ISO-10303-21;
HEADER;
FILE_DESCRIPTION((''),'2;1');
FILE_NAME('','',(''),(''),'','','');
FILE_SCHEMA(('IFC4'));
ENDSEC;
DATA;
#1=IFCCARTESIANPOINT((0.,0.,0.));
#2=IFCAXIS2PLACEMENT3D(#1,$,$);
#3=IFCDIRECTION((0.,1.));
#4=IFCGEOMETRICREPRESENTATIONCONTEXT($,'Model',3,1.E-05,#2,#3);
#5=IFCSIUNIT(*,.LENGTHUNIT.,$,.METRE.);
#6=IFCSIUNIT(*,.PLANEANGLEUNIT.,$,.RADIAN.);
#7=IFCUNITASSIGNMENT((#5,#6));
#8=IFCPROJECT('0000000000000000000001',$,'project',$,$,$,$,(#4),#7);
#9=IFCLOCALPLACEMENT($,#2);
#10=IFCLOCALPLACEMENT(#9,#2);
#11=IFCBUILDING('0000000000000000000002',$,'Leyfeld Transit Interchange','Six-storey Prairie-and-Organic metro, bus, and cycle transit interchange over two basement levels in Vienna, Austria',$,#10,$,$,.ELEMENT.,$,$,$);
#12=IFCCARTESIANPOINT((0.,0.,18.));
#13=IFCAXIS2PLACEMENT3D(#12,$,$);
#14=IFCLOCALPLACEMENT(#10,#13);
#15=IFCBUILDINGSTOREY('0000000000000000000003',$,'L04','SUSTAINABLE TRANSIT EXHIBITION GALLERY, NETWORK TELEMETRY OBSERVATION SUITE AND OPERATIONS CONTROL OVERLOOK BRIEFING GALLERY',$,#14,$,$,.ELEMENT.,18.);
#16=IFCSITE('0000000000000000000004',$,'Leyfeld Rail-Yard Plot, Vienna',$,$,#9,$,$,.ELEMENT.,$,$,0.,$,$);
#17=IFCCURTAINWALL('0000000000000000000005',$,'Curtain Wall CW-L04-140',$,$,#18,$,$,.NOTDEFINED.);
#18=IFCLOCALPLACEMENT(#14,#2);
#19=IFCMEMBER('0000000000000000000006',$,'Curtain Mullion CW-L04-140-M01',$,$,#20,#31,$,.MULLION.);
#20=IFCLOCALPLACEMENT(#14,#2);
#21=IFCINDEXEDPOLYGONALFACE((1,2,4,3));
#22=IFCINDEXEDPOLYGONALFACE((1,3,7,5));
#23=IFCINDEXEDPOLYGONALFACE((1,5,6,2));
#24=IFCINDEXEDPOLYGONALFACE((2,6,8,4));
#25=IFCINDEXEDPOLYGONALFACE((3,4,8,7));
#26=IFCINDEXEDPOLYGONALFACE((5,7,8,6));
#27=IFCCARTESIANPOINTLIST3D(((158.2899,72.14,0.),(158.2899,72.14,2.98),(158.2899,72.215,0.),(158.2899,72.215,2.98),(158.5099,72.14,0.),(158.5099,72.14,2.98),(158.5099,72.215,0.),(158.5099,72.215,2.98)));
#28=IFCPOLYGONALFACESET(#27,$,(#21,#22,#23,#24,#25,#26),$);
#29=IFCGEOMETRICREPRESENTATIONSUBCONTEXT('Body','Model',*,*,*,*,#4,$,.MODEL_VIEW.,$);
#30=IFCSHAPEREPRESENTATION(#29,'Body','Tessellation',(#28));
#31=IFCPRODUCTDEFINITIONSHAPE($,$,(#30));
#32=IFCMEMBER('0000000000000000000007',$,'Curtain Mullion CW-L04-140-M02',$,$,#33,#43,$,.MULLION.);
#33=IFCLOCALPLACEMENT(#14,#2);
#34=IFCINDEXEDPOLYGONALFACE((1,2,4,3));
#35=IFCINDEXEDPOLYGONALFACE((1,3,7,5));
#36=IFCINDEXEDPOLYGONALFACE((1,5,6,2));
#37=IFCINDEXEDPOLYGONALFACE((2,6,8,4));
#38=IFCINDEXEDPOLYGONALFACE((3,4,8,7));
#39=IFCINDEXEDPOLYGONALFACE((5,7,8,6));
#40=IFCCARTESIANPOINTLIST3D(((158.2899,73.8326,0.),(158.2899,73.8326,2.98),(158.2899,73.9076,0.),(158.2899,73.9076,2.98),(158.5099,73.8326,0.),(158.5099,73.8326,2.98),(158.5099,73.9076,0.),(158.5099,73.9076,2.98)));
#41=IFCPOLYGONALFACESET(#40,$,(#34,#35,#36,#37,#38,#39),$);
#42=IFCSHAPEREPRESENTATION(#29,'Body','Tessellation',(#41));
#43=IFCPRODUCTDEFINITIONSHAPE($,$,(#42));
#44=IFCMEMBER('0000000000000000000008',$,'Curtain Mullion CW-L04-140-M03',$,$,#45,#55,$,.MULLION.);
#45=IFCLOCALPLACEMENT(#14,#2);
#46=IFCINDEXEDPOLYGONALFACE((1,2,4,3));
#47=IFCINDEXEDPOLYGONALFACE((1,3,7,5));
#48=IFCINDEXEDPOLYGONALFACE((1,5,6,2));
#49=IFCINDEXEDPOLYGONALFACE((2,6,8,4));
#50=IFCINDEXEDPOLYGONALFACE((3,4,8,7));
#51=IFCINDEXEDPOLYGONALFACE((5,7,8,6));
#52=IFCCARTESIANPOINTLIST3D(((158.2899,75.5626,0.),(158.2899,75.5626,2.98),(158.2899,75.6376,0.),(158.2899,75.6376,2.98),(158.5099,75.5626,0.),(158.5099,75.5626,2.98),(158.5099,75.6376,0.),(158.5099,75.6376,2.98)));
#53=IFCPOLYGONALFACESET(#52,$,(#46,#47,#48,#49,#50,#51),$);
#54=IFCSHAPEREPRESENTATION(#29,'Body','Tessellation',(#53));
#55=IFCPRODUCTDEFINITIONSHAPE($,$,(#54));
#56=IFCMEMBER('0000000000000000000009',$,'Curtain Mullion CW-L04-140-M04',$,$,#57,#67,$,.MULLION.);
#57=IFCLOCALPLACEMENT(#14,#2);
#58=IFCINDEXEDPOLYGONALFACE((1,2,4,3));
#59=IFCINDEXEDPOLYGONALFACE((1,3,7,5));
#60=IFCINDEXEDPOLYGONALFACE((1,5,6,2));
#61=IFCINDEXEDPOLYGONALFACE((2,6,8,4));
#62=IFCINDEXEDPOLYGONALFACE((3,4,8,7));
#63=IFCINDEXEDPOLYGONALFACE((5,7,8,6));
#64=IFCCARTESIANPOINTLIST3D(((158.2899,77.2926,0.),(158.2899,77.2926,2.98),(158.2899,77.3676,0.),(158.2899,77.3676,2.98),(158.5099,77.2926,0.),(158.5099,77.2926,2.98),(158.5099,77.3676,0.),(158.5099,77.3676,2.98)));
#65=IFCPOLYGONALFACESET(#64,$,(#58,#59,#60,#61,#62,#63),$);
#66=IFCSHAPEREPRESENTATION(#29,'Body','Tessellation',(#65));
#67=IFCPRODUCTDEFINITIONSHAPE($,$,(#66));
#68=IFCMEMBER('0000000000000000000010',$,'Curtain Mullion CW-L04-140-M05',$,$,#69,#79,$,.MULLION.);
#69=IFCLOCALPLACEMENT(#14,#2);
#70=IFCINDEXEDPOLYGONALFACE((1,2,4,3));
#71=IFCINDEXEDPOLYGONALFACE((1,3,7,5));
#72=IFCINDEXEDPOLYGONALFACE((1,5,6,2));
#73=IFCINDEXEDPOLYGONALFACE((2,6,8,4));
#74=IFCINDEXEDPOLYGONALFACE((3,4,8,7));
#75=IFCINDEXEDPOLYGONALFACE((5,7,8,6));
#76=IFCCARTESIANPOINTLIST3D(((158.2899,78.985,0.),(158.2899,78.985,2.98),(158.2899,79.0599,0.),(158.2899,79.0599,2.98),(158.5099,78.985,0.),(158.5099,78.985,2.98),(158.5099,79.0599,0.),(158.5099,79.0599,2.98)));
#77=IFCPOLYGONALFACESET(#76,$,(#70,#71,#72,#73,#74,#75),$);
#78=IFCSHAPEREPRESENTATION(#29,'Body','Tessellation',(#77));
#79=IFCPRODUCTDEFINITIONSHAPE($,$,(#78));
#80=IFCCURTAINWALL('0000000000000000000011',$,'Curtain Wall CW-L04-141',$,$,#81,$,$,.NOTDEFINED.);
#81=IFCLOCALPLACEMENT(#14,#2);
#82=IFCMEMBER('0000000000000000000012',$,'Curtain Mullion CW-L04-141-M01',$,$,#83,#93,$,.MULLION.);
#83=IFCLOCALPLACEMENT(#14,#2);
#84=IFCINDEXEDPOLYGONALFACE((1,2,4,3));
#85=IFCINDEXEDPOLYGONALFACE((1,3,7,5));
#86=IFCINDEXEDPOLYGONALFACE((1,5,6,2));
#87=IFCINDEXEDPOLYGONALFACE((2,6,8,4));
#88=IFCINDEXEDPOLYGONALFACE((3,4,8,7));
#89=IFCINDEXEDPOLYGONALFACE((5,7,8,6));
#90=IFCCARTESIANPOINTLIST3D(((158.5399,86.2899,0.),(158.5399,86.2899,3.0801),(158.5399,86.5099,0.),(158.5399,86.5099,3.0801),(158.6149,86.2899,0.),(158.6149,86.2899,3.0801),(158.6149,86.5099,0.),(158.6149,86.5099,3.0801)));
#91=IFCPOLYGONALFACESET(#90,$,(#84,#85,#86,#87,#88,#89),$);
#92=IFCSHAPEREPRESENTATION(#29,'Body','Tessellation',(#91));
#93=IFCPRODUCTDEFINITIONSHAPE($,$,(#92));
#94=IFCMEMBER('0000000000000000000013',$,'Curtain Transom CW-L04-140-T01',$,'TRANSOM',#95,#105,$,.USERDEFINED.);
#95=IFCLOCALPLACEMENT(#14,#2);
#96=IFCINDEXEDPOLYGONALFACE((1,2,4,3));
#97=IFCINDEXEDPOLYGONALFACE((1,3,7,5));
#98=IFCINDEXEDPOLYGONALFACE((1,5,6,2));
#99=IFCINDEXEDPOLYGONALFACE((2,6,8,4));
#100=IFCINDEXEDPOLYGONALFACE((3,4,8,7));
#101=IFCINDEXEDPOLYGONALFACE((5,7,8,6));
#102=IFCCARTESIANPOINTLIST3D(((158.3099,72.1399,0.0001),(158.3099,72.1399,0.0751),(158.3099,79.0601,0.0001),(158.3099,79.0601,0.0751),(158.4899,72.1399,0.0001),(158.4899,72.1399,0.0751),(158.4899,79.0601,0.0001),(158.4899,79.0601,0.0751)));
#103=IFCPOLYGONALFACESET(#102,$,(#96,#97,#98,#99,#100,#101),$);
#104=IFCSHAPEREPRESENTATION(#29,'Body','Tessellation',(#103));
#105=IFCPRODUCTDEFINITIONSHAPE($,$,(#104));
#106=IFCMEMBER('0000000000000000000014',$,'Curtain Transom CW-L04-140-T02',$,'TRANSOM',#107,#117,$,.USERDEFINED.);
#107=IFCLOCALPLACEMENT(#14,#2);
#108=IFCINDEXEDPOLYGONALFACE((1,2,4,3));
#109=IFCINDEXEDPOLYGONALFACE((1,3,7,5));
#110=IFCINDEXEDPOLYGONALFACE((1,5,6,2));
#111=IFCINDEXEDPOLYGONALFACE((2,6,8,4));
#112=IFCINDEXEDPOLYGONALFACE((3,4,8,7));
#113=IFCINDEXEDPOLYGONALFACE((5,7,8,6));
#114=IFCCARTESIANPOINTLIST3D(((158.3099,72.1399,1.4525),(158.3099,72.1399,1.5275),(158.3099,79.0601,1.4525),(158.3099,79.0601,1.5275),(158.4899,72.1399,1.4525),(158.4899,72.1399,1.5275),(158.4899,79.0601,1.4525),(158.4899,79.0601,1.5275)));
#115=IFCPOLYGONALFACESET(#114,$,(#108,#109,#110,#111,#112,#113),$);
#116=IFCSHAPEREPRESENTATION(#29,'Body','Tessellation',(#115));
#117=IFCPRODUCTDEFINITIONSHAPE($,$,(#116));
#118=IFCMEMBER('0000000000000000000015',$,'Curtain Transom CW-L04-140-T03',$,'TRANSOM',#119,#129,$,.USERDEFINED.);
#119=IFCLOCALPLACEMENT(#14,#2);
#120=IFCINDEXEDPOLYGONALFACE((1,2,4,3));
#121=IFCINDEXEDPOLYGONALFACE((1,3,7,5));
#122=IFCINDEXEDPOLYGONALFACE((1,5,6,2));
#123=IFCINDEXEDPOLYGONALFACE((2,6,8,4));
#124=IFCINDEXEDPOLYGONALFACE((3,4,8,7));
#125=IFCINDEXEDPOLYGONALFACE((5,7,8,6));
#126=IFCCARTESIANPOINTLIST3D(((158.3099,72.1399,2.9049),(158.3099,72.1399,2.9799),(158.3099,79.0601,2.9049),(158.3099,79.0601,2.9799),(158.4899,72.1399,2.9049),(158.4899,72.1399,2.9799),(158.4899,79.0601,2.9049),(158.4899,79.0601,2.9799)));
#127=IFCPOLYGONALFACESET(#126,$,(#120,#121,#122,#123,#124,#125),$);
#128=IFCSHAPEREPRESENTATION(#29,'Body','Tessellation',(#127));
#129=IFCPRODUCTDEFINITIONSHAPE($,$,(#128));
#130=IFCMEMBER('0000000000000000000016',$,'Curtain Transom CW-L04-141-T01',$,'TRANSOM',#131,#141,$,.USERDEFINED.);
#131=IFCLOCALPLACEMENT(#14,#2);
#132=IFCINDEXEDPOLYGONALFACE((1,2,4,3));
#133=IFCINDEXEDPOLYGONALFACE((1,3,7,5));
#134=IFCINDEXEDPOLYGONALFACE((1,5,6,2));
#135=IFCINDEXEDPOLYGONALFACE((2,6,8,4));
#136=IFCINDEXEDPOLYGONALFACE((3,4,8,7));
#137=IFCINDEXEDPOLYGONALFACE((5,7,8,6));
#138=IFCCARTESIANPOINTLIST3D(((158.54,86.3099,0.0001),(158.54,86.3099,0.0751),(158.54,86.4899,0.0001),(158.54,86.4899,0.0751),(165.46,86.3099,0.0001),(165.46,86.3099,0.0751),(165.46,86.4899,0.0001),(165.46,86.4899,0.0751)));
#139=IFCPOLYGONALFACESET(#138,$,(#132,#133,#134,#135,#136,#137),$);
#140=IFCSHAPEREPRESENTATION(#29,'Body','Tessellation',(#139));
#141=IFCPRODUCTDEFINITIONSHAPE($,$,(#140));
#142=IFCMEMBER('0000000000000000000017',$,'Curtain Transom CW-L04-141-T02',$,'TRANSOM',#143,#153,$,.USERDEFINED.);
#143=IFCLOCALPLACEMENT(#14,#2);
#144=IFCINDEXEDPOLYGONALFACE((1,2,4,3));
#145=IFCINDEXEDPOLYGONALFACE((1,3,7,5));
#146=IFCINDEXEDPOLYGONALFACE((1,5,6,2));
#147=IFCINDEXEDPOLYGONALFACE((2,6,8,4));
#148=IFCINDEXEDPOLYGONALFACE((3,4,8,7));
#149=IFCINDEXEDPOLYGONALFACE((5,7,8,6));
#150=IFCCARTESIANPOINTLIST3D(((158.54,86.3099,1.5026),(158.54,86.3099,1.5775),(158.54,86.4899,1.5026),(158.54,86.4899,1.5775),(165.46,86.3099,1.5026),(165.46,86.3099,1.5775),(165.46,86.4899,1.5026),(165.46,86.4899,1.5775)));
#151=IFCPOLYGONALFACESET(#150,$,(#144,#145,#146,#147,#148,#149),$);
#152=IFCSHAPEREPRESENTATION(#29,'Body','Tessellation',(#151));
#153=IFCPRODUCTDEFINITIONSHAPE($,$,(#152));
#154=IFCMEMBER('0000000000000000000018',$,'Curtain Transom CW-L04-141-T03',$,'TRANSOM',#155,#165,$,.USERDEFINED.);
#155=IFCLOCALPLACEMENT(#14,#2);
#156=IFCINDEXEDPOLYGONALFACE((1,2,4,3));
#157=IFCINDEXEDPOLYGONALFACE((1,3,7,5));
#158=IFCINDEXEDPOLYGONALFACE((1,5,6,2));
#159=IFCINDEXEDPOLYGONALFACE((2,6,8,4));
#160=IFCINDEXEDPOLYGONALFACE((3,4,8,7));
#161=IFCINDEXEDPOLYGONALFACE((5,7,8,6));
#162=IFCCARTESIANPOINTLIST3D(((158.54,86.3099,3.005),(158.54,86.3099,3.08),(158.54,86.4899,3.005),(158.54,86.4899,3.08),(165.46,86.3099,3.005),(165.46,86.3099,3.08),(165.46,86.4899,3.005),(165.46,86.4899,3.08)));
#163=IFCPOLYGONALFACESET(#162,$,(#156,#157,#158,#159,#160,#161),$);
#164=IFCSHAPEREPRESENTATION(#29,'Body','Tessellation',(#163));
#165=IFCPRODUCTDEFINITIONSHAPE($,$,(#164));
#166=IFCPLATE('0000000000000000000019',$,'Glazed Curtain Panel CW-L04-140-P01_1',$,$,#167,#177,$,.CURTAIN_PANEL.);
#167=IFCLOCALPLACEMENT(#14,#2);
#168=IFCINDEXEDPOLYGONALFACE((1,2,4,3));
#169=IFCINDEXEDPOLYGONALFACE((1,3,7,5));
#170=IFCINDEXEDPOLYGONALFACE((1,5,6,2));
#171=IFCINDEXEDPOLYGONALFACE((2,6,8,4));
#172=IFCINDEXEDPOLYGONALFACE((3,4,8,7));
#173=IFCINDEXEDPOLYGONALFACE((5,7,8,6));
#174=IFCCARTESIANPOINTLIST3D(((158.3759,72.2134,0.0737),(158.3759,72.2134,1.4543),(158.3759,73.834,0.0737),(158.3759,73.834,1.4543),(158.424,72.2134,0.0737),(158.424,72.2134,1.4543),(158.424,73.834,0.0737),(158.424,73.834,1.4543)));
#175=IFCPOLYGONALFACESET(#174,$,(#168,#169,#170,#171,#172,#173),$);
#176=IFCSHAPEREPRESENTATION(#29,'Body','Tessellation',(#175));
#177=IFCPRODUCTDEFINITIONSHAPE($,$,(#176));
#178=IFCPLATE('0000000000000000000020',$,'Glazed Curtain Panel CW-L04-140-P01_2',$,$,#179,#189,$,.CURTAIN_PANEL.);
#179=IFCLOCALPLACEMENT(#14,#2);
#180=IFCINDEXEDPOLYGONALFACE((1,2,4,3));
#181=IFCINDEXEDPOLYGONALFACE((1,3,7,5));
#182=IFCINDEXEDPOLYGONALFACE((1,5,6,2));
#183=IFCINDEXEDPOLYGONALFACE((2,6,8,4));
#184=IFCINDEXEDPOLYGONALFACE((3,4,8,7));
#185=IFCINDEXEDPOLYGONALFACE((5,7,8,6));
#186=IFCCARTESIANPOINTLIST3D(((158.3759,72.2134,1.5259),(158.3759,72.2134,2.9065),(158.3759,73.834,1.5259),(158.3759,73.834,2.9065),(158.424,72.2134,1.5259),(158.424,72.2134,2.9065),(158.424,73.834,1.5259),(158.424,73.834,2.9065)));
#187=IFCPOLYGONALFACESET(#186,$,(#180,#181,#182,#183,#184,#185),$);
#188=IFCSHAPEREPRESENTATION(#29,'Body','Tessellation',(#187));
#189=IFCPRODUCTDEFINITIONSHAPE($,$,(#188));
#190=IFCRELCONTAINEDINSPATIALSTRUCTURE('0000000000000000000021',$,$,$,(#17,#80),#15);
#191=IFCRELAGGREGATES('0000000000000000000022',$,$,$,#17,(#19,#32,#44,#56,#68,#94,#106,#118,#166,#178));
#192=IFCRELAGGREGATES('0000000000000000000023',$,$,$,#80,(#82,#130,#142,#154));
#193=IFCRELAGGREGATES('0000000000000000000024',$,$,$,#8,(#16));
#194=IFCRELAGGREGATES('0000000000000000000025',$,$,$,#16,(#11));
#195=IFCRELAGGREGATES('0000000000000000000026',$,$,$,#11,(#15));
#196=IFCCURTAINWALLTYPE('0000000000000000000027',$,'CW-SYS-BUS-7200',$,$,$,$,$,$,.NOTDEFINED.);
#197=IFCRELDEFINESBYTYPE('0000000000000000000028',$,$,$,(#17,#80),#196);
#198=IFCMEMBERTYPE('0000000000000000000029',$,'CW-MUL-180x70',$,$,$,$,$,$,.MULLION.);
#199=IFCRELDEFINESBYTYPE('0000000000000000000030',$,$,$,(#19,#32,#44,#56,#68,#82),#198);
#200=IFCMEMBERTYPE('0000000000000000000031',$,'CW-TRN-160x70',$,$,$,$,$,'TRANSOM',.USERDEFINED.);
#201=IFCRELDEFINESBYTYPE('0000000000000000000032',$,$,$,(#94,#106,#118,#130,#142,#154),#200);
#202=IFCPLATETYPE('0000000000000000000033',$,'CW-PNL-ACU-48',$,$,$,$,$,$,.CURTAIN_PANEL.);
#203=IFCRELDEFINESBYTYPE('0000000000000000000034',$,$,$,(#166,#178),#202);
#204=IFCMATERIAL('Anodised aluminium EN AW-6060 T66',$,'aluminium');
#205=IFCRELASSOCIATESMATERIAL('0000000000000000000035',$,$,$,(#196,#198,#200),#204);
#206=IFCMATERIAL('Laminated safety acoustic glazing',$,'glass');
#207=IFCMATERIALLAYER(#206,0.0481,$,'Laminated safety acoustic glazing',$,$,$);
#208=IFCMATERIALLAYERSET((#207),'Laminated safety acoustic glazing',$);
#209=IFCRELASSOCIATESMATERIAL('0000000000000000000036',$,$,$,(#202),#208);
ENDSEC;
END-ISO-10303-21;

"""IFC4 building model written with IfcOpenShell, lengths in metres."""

from ifc_helpers import new_model, si_unit, direction, frame, origin, origin_2d, place, context, subcontext, project, spatial, rectangle, extrude, material, layer, layer_set, material_profile, profile_set, type_object, element, aggregate, save


model = new_model("IFC4")

# Units and contexts
model_context = context("Model", 3, precision=1e-05, world=origin(), true_north=direction((0.0, 1.0)))
body_context = subcontext(model_context, "Body", "Model", "MODEL_VIEW")
ifc_project = project(units=[si_unit("LENGTHUNIT", "METRE"), si_unit("PLANEANGLEUNIT", "RADIAN")], contexts=[model_context])

# Site, building, storey
site_placement = place(None, origin())
site = spatial("IfcSite", under=ifc_project, at=site_placement, Name="Leyfeld Rail-Yard Plot, Vienna", CompositionType="ELEMENT", RefElevation=0.0)
building_placement = place(site_placement, origin())
building = spatial("IfcBuilding", under=site, at=building_placement, Name="Leyfeld Transit Interchange", Description="Six-storey Prairie-and-Organic metro, bus, and cycle transit interchange over two basement levels in Vienna, Austria", CompositionType="ELEMENT")
storey_placement = place(building_placement, frame((0.0, 0.0, 18.0)))
storey = spatial("IfcBuildingStorey", under=building, at=storey_placement, Name="L04", Description="SUSTAINABLE TRANSIT EXHIBITION GALLERY, NETWORK TELEMETRY OBSERVATION SUITE AND OPERATIONS CONTROL OVERLOOK BRIEFING GALLERY", CompositionType="ELEMENT", Elevation=18.0)

# Curtain wall, members
ifc_material_1 = material(Name="Anodised aluminium EN AW-6060 T66", Category="aluminium")
curtain_wall_type = type_object("IfcCurtainWallType", Name="CW-SYS-BUS-7200", PredefinedType="NOTDEFINED", material=ifc_material_1)
curtain_wall_1_placement = place(storey_placement, origin())
curtain_wall_1 = element("IfcCurtainWall", 1, at=curtain_wall_1_placement, inside=storey, type_object=curtain_wall_type, Name="Curtain Wall CW-L04-140", PredefinedType="NOTDEFINED")
ifc_material_profile_1 = material_profile(ifc_material_1, rectangle(XDim=0.075, YDim=0.22, at=origin_2d()), Name="CW-M 75x220")
ifc_profile_set_1 = profile_set([ifc_material_profile_1], Name="Anodised aluminium EN AW-6060 T66")
member_type_1 = type_object("IfcMemberType", Name="CW-MUL-180x70", PredefinedType="MULLION", material=ifc_profile_set_1)
member_1_placement = place(storey_placement, frame((158.3999, 72.1775, 0.0), z_axis=(0.0, 0.0, 1.0), x_axis=(0.0, 1.0, 0.0)))
member_1 = element("IfcMember", 2, at=member_1_placement, type_object=member_type_1, Name="Curtain Mullion CW-L04-140-M01", PredefinedType="MULLION", context=body_context, shape_type="SweptSolid", body=[
    extrude(rectangle(XDim=0.075, YDim=0.22, at=origin_2d()), origin(), (0.0, 0.0, 1.0), 2.98),
])
member_2_placement = place(storey_placement, frame((158.3999, 73.8701, 0.0), z_axis=(0.0, 0.0, 1.0), x_axis=(0.0, 1.0, 0.0)))
member_2 = element("IfcMember", 3, at=member_2_placement, type_object=member_type_1, Name="Curtain Mullion CW-L04-140-M02", PredefinedType="MULLION", context=body_context, shape_type="SweptSolid", body=[
    extrude(rectangle(XDim=0.075, YDim=0.22, at=origin_2d()), origin(), (0.0, 0.0, 1.0), 2.98),
])
member_3_placement = place(storey_placement, frame((158.3999, 75.6001, 0.0), z_axis=(0.0, 0.0, 1.0), x_axis=(0.0, 1.0, 0.0)))
member_3 = element("IfcMember", 4, at=member_3_placement, type_object=member_type_1, Name="Curtain Mullion CW-L04-140-M03", PredefinedType="MULLION", context=body_context, shape_type="SweptSolid", body=[
    extrude(rectangle(XDim=0.075, YDim=0.22, at=origin_2d()), origin(), (0.0, 0.0, 1.0), 2.98),
])
member_4_placement = place(storey_placement, frame((158.3999, 77.3301, 0.0), z_axis=(0.0, 0.0, 1.0), x_axis=(0.0, 1.0, 0.0)))
member_4 = element("IfcMember", 5, at=member_4_placement, type_object=member_type_1, Name="Curtain Mullion CW-L04-140-M04", PredefinedType="MULLION", context=body_context, shape_type="SweptSolid", body=[
    extrude(rectangle(XDim=0.075, YDim=0.22, at=origin_2d()), origin(), (0.0, 0.0, 1.0), 2.98),
])
member_5_placement = place(storey_placement, frame((158.3999, 79.0225, 0.0), z_axis=(0.0, 0.0, 1.0), x_axis=(0.0, 1.0, 0.0)))
member_5 = element("IfcMember", 6, at=member_5_placement, type_object=member_type_1, Name="Curtain Mullion CW-L04-140-M05", PredefinedType="MULLION", context=body_context, shape_type="SweptSolid", body=[
    extrude(rectangle(XDim=0.075, YDim=0.22, at=origin_2d()), origin(), (0.0, 0.0, 1.0), 2.98),
])

# Curtain wall, member
curtain_wall_2_placement = place(storey_placement, origin())
curtain_wall_2 = element("IfcCurtainWall", 7, at=curtain_wall_2_placement, inside=storey, type_object=curtain_wall_type, Name="Curtain Wall CW-L04-141", PredefinedType="NOTDEFINED")
member_6_placement = place(storey_placement, frame((158.5774, 86.3999, 0.0), z_axis=(0.0, 0.0, 1.0), x_axis=(1.0, 0.0, 0.0)))
member_6 = element("IfcMember", 8, at=member_6_placement, type_object=member_type_1, Name="Curtain Mullion CW-L04-141-M01", PredefinedType="MULLION", context=body_context, shape_type="SweptSolid", body=[
    extrude(rectangle(XDim=0.075, YDim=0.22, at=origin_2d()), origin(), (0.0, 0.0, 1.0), 3.0801),
])

# Members
ifc_material_profile_2 = material_profile(ifc_material_1, rectangle(XDim=0.1799, YDim=0.075, at=origin_2d()), Name="CW-TRN-160x70")
ifc_profile_set_2 = profile_set([ifc_material_profile_2], Name="Anodised aluminium EN AW-6060 T66")
member_type_2 = type_object("IfcMemberType", Name="CW-TRN-160x70", ElementType="TRANSOM", PredefinedType="USERDEFINED", material=ifc_profile_set_2)
member_7_placement = place(storey_placement, frame((158.3999, 72.1399, 0.0376), z_axis=(0.0, 1.0, 0.0), x_axis=(-1.0, 0.0, 0.0)))
member_7 = element("IfcMember", 9, at=member_7_placement, type_object=member_type_2, Name="Curtain Transom CW-L04-140-T01", ObjectType="TRANSOM", PredefinedType="USERDEFINED", context=body_context, shape_type="SweptSolid", body=[
    extrude(rectangle(XDim=0.1799, YDim=0.075, at=origin_2d()), origin(), (0.0, 0.0, 1.0), 6.9202),
])
member_8_placement = place(storey_placement, frame((158.3999, 72.1399, 1.49), z_axis=(0.0, 1.0, 0.0), x_axis=(-1.0, 0.0, 0.0)))
member_8 = element("IfcMember", 10, at=member_8_placement, type_object=member_type_2, Name="Curtain Transom CW-L04-140-T02", ObjectType="TRANSOM", PredefinedType="USERDEFINED", context=body_context, shape_type="SweptSolid", body=[
    extrude(rectangle(XDim=0.1799, YDim=0.075, at=origin_2d()), origin(), (0.0, 0.0, 1.0), 6.9202),
])
member_9_placement = place(storey_placement, frame((158.3999, 72.1399, 2.9424), z_axis=(0.0, 1.0, 0.0), x_axis=(-1.0, 0.0, 0.0)))
member_9 = element("IfcMember", 11, at=member_9_placement, type_object=member_type_2, Name="Curtain Transom CW-L04-140-T03", ObjectType="TRANSOM", PredefinedType="USERDEFINED", context=body_context, shape_type="SweptSolid", body=[
    extrude(rectangle(XDim=0.1799, YDim=0.075, at=origin_2d()), origin(), (0.0, 0.0, 1.0), 6.9202),
])
member_10_placement = place(storey_placement, frame((158.54, 86.3999, 0.0376), z_axis=(1.0, 0.0, 0.0), x_axis=(0.0, 1.0, 0.0)))
member_10 = element("IfcMember", 12, at=member_10_placement, type_object=member_type_2, Name="Curtain Transom CW-L04-141-T01", ObjectType="TRANSOM", PredefinedType="USERDEFINED", context=body_context, shape_type="SweptSolid", body=[
    extrude(rectangle(XDim=0.1799, YDim=0.075, at=origin_2d()), origin(), (0.0, 0.0, 1.0), 6.9199),
])
member_11_placement = place(storey_placement, frame((158.54, 86.3999, 1.54), z_axis=(1.0, 0.0, 0.0), x_axis=(0.0, 1.0, 0.0)))
member_11 = element("IfcMember", 13, at=member_11_placement, type_object=member_type_2, Name="Curtain Transom CW-L04-141-T02", ObjectType="TRANSOM", PredefinedType="USERDEFINED", context=body_context, shape_type="SweptSolid", body=[
    extrude(rectangle(XDim=0.1799, YDim=0.075, at=origin_2d()), origin(), (0.0, 0.0, 1.0), 6.9199),
])
member_12_placement = place(storey_placement, frame((158.54, 86.3999, 3.0425), z_axis=(1.0, 0.0, 0.0), x_axis=(0.0, 1.0, 0.0)))
member_12 = element("IfcMember", 14, at=member_12_placement, type_object=member_type_2, Name="Curtain Transom CW-L04-141-T03", ObjectType="TRANSOM", PredefinedType="USERDEFINED", context=body_context, shape_type="SweptSolid", body=[
    extrude(rectangle(XDim=0.1799, YDim=0.075, at=origin_2d()), origin(), (0.0, 0.0, 1.0), 6.9199),
])

# Plates
ifc_material_2 = material(Name="Laminated safety acoustic glazing", Category="glass")
ifc_layer_1 = layer(ifc_material_2, 0.0481, Name="Laminated safety acoustic glazing")
ifc_layer_set_1 = layer_set([ifc_layer_1], Name="Laminated safety acoustic glazing")
plate_type = type_object("IfcPlateType", Name="CW-PNL-ACU-48", PredefinedType="CURTAIN_PANEL", material=ifc_layer_set_1)
plate_1_placement = place(storey_placement, frame((158.3999, 73.0237, 0.0737), z_axis=(0.0, 0.0, 1.0), x_axis=(0.0, 1.0, 0.0)))
plate_1 = element("IfcPlate", 15, at=plate_1_placement, type_object=plate_type, Name="Glazed Curtain Panel CW-L04-140-P01_1", PredefinedType="CURTAIN_PANEL", context=body_context, shape_type="SweptSolid", body=[
    extrude(rectangle(XDim=1.6206, YDim=0.0481, at=origin_2d()), origin(), (0.0, 0.0, 1.0), 1.3806),
])
plate_2_placement = place(storey_placement, frame((158.3999, 73.0237, 1.5259), z_axis=(0.0, 0.0, 1.0), x_axis=(0.0, 1.0, 0.0)))
plate_2 = element("IfcPlate", 16, at=plate_2_placement, type_object=plate_type, Name="Glazed Curtain Panel CW-L04-140-P01_2", PredefinedType="CURTAIN_PANEL", context=body_context, shape_type="SweptSolid", body=[
    extrude(rectangle(XDim=1.6206, YDim=0.0481, at=origin_2d()), origin(), (0.0, 0.0, 1.0), 1.3806),
])
aggregate(curtain_wall_1, [member_1, member_2, member_3, member_4, member_5, member_7, member_8, member_9, plate_1, plate_2])
aggregate(curtain_wall_2, [member_6, member_10, member_11, member_12])

save(model, "model.ifc")
